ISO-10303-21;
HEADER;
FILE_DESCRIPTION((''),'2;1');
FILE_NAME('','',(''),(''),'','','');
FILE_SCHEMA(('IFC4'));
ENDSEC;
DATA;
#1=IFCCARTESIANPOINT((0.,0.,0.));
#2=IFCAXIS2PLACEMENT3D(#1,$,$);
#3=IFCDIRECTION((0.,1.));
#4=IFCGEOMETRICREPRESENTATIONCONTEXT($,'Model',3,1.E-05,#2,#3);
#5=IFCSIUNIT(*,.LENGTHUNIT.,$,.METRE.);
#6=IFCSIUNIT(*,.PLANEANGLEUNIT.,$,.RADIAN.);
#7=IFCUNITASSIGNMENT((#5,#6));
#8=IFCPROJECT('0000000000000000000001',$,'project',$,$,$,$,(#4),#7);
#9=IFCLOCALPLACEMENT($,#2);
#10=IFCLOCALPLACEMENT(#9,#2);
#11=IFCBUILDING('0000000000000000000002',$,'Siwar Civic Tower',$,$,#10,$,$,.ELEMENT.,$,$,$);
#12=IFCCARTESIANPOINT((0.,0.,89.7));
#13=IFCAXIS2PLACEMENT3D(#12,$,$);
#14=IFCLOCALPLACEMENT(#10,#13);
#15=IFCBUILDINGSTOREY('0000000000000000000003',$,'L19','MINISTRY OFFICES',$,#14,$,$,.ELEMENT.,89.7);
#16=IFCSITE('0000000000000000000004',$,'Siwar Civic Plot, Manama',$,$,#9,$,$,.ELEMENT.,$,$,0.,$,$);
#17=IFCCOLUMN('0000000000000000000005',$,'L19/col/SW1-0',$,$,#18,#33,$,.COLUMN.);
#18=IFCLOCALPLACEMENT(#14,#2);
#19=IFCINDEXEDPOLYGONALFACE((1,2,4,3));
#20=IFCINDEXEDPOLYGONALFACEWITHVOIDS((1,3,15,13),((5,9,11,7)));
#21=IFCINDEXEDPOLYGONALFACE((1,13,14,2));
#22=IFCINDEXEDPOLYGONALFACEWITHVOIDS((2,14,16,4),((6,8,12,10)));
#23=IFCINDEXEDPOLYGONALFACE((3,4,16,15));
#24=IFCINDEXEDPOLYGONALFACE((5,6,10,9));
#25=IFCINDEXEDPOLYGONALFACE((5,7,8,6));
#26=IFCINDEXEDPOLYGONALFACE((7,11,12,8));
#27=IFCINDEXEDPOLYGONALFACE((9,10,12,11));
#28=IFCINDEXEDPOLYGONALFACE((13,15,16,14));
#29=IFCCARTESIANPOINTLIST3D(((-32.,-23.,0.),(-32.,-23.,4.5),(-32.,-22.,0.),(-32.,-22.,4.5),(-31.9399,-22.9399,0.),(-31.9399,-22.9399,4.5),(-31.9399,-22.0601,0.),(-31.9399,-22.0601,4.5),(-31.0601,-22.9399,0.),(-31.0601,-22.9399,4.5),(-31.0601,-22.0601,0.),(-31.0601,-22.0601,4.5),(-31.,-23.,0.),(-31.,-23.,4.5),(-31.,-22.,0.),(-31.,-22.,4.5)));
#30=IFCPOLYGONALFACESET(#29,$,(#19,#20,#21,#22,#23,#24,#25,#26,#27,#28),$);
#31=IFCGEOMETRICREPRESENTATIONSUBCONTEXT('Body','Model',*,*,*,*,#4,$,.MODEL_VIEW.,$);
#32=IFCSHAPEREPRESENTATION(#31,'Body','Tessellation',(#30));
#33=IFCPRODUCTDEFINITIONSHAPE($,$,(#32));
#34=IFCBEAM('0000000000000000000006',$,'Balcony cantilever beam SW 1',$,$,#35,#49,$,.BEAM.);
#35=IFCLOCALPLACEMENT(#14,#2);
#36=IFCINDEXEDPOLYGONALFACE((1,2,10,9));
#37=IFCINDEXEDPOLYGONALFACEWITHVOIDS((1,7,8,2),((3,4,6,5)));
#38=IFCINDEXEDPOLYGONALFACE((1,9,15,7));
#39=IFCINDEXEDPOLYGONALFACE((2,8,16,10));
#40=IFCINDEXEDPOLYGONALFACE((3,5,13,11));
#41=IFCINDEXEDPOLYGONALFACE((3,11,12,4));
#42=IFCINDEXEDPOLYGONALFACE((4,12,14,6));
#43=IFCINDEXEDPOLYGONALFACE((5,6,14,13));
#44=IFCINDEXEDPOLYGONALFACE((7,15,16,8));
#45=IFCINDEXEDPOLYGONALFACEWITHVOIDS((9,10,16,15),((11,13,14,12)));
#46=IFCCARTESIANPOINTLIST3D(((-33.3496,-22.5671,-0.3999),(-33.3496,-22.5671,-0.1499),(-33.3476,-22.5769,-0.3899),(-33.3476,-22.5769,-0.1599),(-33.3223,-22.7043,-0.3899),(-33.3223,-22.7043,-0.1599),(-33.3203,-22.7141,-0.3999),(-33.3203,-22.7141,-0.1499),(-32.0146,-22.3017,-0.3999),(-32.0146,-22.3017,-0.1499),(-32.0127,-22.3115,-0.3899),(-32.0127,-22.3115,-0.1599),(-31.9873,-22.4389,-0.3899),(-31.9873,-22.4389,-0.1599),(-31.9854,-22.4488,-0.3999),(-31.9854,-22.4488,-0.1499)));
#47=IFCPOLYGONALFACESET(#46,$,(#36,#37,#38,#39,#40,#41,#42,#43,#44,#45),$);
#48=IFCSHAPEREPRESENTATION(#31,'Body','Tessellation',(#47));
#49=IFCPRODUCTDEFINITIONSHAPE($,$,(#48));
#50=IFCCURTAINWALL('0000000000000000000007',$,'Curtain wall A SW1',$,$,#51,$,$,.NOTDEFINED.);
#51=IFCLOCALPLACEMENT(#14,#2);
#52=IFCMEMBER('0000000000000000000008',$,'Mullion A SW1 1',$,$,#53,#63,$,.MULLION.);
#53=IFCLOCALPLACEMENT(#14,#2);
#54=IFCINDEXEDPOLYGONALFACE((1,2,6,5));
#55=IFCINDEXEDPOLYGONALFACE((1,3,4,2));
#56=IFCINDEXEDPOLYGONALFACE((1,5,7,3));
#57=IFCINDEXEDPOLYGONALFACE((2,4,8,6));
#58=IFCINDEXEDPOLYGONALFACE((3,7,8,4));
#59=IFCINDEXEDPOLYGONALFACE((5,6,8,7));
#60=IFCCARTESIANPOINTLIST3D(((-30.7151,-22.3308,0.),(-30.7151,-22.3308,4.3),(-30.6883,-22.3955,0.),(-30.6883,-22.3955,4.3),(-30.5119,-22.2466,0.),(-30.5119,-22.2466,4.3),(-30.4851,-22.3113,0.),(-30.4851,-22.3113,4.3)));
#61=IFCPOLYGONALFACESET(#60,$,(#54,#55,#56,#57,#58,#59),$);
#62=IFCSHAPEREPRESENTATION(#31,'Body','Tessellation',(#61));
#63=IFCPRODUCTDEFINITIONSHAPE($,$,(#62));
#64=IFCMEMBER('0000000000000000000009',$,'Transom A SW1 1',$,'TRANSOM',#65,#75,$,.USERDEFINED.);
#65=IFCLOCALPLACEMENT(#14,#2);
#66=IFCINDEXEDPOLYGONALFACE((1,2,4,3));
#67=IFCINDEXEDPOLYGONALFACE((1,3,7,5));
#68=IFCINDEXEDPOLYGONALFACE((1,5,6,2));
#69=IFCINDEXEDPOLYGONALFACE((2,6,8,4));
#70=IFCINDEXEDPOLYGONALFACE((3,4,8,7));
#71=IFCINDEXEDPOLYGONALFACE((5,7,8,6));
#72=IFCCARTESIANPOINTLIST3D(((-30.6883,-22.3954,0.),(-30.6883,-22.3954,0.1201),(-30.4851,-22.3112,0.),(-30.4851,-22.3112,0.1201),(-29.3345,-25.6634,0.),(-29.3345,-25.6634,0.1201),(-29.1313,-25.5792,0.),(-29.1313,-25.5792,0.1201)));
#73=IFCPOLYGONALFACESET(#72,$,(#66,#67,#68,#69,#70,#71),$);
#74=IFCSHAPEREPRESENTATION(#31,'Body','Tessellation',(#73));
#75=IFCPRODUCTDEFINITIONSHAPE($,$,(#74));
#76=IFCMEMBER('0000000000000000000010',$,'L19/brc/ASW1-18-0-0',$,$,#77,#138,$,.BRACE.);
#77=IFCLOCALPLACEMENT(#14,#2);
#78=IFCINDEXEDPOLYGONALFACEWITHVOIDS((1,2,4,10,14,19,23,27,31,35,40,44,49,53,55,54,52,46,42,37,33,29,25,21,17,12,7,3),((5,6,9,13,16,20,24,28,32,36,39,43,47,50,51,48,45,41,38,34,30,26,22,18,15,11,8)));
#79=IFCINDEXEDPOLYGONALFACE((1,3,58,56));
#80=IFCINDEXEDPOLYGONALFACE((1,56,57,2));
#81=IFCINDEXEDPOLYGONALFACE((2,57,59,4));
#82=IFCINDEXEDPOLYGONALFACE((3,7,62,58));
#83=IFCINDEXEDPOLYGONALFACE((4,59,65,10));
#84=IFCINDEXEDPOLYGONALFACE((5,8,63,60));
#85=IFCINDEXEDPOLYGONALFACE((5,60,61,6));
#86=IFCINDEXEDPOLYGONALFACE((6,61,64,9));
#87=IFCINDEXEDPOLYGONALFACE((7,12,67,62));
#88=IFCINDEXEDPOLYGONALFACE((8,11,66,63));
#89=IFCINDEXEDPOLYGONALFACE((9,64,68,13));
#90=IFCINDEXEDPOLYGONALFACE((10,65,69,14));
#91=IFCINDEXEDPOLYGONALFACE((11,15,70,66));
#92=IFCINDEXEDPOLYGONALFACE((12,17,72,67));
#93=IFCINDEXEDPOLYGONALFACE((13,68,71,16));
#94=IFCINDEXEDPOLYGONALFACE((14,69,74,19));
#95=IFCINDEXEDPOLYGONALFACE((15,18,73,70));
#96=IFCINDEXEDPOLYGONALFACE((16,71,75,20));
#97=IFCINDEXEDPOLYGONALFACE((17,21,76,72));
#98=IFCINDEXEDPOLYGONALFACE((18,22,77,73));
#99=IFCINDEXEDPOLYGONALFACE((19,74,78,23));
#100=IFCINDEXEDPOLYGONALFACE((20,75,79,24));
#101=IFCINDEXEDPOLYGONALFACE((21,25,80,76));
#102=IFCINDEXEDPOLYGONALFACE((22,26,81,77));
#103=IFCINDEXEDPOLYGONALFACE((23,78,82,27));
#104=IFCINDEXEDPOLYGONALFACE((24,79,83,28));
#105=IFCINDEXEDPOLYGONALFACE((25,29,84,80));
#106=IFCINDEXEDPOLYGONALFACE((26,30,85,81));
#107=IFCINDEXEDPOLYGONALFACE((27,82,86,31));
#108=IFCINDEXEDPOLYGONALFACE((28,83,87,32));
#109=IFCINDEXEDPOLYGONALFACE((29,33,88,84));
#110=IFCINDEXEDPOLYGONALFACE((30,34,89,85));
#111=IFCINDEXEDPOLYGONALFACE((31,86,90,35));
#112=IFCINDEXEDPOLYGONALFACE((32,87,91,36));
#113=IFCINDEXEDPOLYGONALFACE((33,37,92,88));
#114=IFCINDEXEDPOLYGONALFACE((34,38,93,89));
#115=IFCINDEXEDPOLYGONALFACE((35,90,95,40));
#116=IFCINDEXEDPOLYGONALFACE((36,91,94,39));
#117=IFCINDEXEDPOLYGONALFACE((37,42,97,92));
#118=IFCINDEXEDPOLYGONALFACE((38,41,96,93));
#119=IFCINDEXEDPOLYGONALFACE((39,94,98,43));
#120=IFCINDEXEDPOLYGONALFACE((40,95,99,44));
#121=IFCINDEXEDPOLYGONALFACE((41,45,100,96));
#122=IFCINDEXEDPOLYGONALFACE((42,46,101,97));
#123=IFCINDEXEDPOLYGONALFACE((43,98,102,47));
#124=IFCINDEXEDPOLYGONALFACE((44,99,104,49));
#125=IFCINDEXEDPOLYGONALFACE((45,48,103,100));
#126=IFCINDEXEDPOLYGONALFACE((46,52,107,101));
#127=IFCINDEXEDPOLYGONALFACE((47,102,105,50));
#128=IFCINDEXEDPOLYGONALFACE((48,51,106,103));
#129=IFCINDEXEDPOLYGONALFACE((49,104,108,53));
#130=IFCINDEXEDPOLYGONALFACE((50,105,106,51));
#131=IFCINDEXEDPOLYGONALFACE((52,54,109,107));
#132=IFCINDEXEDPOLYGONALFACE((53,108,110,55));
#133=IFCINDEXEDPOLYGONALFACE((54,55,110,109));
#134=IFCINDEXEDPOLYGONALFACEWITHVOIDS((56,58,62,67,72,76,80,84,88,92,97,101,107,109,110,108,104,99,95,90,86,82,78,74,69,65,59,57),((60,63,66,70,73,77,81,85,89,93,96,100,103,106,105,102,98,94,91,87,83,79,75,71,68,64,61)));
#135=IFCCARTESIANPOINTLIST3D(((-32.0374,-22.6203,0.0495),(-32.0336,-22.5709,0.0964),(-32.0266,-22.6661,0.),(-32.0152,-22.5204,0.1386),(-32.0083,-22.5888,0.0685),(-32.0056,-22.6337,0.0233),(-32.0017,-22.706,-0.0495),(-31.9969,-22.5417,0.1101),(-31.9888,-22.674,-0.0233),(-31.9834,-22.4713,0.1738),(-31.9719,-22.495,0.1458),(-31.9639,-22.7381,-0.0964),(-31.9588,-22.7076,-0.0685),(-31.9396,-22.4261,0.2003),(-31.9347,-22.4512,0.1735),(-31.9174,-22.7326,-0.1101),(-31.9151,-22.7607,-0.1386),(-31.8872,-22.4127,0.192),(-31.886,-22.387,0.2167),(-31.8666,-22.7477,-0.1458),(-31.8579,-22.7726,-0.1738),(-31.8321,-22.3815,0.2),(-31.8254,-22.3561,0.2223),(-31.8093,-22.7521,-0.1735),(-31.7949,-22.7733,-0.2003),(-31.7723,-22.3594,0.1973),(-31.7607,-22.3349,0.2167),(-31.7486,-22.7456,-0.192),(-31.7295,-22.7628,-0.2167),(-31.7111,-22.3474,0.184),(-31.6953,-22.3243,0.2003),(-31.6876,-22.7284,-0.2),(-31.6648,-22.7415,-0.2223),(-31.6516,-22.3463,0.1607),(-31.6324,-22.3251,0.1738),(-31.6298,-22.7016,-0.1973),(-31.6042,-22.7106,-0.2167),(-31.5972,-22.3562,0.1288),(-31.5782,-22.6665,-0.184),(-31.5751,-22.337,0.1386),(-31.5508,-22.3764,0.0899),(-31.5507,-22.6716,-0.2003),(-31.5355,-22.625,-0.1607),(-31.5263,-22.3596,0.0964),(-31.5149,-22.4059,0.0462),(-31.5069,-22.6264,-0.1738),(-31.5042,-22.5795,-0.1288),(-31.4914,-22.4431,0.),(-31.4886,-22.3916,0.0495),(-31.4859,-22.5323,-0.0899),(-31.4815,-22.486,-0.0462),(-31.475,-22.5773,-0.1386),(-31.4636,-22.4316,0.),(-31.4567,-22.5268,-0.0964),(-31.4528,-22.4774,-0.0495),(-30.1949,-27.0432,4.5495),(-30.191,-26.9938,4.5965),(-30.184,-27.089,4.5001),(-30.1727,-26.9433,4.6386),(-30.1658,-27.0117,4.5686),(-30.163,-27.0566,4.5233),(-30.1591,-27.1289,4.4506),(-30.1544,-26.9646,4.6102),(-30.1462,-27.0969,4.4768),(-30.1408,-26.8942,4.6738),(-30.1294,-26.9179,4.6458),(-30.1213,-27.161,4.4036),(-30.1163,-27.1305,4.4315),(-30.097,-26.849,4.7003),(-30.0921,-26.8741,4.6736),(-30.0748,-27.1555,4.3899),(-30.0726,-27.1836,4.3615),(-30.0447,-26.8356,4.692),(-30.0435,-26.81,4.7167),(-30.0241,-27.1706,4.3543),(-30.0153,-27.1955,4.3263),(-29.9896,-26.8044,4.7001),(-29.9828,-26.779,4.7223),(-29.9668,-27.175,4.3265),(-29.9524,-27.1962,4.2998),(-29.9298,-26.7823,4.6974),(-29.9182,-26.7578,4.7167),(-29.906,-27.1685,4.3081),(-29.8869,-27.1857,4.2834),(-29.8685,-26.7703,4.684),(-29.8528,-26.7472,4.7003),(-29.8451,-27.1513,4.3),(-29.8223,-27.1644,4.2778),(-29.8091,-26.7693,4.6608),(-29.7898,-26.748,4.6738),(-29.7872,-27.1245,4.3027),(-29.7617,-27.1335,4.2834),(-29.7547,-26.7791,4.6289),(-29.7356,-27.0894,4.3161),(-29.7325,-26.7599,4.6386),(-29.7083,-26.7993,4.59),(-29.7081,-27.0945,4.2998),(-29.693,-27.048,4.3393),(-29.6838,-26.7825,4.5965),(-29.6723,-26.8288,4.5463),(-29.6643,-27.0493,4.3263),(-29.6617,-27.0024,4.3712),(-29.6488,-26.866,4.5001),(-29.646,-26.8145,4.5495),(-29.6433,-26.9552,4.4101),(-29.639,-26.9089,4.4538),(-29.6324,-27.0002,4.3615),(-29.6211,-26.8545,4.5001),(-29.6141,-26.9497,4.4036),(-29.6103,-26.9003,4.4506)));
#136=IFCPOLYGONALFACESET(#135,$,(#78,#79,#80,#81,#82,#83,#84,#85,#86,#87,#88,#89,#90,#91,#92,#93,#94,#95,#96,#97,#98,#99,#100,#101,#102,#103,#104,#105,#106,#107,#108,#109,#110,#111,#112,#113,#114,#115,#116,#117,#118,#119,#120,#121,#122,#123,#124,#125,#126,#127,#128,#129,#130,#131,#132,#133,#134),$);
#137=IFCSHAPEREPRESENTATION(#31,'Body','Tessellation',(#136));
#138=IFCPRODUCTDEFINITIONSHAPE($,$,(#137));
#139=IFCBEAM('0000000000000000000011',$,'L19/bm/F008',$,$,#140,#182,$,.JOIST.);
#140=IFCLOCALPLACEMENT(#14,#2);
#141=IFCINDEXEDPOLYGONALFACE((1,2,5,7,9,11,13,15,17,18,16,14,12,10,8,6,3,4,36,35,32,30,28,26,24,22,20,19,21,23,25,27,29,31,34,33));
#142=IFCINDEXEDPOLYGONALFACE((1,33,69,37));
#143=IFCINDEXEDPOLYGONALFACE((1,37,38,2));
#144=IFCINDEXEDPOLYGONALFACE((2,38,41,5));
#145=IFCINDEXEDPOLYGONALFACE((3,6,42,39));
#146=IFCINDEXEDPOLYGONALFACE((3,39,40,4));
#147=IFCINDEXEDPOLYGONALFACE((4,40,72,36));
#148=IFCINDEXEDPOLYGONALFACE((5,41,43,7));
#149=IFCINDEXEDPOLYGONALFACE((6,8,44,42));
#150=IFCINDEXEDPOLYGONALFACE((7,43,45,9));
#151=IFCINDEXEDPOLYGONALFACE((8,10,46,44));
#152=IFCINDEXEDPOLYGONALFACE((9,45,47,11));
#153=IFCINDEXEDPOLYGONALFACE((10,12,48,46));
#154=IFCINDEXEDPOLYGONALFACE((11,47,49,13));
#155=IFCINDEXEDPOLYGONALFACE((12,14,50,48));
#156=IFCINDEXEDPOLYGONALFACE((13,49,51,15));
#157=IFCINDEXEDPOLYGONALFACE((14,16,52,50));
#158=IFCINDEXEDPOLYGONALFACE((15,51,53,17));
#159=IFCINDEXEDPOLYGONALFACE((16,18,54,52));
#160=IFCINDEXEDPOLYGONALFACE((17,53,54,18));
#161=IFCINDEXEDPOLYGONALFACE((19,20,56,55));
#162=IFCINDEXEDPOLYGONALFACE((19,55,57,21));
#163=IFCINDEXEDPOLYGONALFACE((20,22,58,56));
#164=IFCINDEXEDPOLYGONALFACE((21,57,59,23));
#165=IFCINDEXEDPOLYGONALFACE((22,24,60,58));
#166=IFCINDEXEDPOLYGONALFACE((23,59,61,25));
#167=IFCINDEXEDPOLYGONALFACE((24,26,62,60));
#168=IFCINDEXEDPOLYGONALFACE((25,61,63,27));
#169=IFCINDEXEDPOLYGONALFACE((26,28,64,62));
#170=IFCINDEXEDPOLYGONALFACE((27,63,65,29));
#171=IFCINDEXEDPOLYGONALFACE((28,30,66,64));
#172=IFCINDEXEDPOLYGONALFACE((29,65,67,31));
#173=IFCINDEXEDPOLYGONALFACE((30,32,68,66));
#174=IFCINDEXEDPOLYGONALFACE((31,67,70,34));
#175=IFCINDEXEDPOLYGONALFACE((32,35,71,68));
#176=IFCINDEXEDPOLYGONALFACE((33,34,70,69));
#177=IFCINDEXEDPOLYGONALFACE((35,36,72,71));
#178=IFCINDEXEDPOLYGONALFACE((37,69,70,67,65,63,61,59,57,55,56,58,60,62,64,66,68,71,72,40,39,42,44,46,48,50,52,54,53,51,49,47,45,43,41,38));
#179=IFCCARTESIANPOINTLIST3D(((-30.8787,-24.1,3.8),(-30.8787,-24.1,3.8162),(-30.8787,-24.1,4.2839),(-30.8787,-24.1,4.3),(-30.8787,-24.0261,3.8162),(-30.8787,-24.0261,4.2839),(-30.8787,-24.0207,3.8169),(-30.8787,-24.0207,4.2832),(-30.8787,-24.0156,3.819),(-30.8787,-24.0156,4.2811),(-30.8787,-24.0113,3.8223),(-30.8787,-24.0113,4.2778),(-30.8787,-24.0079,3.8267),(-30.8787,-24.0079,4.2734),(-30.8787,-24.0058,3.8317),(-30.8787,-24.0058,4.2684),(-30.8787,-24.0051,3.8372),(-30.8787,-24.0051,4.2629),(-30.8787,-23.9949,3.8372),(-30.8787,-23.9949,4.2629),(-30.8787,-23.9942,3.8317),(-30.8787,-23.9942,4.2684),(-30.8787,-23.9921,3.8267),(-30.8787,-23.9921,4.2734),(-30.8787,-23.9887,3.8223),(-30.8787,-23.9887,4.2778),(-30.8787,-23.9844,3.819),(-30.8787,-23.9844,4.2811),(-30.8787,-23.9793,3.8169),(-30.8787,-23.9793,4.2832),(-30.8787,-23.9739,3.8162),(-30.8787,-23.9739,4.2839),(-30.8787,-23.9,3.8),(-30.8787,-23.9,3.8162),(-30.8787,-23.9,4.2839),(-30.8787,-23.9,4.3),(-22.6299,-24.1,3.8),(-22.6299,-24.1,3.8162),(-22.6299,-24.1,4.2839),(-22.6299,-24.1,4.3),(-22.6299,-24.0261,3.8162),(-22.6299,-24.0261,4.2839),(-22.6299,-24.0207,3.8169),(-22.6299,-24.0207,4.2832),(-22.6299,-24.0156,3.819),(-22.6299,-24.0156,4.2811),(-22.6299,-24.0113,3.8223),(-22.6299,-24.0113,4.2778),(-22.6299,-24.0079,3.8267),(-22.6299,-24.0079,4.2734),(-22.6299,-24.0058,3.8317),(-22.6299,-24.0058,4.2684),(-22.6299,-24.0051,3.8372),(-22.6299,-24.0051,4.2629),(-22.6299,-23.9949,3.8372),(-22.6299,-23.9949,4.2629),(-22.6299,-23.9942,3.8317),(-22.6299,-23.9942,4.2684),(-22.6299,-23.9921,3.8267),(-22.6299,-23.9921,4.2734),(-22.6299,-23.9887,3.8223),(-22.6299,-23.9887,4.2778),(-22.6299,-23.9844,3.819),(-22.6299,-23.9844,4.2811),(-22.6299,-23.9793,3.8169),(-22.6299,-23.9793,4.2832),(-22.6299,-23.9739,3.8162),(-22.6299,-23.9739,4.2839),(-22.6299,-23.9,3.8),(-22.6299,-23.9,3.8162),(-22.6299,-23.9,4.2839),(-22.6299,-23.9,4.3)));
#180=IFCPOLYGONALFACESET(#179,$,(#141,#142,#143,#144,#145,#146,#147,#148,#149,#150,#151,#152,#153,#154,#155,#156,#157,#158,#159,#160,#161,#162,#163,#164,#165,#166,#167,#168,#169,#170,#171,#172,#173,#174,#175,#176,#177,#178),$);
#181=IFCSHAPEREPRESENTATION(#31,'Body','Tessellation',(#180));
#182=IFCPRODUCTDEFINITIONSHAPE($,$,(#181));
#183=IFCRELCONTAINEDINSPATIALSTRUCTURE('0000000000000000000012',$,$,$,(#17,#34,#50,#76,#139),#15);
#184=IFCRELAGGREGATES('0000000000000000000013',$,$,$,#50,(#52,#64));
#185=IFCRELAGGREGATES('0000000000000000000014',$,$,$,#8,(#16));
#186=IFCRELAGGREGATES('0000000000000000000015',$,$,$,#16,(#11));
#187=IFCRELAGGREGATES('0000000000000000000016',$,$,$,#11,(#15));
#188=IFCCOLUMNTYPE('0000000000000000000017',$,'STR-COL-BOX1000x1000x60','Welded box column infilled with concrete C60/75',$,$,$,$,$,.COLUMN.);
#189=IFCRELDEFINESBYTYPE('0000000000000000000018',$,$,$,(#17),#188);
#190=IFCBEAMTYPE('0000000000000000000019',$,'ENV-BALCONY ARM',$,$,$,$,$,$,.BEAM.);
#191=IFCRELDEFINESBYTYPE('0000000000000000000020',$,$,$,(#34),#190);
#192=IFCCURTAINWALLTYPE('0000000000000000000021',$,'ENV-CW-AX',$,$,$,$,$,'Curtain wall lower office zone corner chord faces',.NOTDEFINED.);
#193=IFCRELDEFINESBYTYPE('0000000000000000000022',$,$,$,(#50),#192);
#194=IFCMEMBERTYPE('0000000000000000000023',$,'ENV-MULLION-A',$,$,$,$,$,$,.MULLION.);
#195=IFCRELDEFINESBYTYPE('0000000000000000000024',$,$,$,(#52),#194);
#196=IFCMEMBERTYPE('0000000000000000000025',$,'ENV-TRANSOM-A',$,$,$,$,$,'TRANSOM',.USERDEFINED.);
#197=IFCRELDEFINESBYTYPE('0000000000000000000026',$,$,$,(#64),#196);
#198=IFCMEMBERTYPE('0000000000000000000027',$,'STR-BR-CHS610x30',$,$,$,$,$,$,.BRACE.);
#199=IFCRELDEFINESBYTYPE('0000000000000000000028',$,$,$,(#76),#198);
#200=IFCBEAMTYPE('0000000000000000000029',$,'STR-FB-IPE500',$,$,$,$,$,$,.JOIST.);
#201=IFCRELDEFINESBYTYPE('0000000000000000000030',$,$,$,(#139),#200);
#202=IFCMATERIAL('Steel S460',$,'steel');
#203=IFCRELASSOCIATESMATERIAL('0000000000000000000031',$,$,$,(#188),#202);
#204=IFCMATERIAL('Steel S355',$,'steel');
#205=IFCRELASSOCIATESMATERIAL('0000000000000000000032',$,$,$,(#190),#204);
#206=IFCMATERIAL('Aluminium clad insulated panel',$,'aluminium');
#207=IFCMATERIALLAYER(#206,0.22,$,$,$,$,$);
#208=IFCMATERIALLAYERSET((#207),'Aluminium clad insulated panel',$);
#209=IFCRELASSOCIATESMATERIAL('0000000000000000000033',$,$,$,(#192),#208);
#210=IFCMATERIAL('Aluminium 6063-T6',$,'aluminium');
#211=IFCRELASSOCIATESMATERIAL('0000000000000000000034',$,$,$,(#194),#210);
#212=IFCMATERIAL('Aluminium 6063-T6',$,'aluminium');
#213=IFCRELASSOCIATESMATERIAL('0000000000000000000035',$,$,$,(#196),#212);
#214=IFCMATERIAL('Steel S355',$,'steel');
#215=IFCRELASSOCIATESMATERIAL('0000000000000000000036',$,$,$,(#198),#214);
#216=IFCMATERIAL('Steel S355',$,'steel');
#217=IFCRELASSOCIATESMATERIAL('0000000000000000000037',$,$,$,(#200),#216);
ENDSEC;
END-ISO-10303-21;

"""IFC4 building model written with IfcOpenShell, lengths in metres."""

from ifc_helpers import new_model, si_unit, direction, frame, origin, origin_2d, place, context, subcontext, project, spatial, rectangle, hollow_rectangle, hollow_circle, i_section, extrude, material, layer, layer_set, material_profile, profile_set, type_object, element, aggregate, save


model = new_model("IFC4")

# Units and contexts
model_context = context("Model", 3, precision=1e-05, world=origin(), true_north=direction((0.0, 1.0)))
body_context = subcontext(model_context, "Body", "Model", "MODEL_VIEW")
ifc_project = project(units=[si_unit("LENGTHUNIT", "METRE"), si_unit("PLANEANGLEUNIT", "RADIAN")], contexts=[model_context])

# Site, building, storey
site_placement = place(None, origin())
site = spatial("IfcSite", under=ifc_project, at=site_placement, Name="Siwar Civic Plot, Manama", CompositionType="ELEMENT", RefElevation=0.0)
building_placement = place(site_placement, origin())
building = spatial("IfcBuilding", under=site, at=building_placement, Name="Siwar Civic Tower", CompositionType="ELEMENT")
storey_placement = place(building_placement, frame((0.0, 0.0, 89.7)))
storey = spatial("IfcBuildingStorey", under=building, at=storey_placement, Name="L19", Description="MINISTRY OFFICES", CompositionType="ELEMENT", Elevation=89.7)

# Column
ifc_material_1 = material(Name="Steel S460", Category="steel")
ifc_material_profile_1 = material_profile(ifc_material_1, hollow_rectangle(XDim=1.0, YDim=1.0, WallThickness=0.0601, at=origin_2d()), Name="BOX1000x1000x60")
ifc_profile_set_1 = profile_set([ifc_material_profile_1], Name="Steel S460")
column_type = type_object("IfcColumnType", Name="STR-COL-BOX1000x1000x60", Description="Welded box column infilled with concrete C60/75", PredefinedType="COLUMN", material=ifc_profile_set_1)
column_placement = place(storey_placement, frame((-31.5, -22.5, 0.0), z_axis=(0.0, 0.0, 1.0), x_axis=(1.0, 0.0, 0.0)))
element("IfcColumn", 1, at=column_placement, inside=storey, type_object=column_type, Name="L19/col/SW1-0", PredefinedType="COLUMN", context=body_context, shape_type="SweptSolid", body=[
    extrude(hollow_rectangle(XDim=1.0, YDim=1.0, WallThickness=0.0601, at=origin_2d()), origin(), (0.0, 0.0, 1.0), 4.5),
])

# Beam
ifc_material_2 = material(Name="Steel S355", Category="steel")
ifc_material_profile_2 = material_profile(ifc_material_2, hollow_rectangle(XDim=0.1499, YDim=0.25, WallThickness=0.01, at=origin_2d()), Name="RHS250x150x10")
ifc_profile_set_2 = profile_set([ifc_material_profile_2], Name="Steel S355")
beam_type_1 = type_object("IfcBeamType", Name="ENV-BALCONY ARM", PredefinedType="BEAM", material=ifc_profile_set_2)
beam_1_placement = place(storey_placement, frame((-32.0, -22.3752, -0.2749), z_axis=(-0.980808, -0.194978, 0.0), x_axis=(0.194978, -0.980808, 0.0)))
element("IfcBeam", 2, at=beam_1_placement, inside=storey, type_object=beam_type_1, Name="Balcony cantilever beam SW 1", PredefinedType="BEAM", context=body_context, shape_type="SweptSolid", body=[
    extrude(hollow_rectangle(XDim=0.1499, YDim=0.25, WallThickness=0.01, at=origin_2d()), origin(), (0.0, 0.0, 1.0), 1.3611),
])

# Curtain wall, members
ifc_material_3 = material(Name="Aluminium clad insulated panel", Category="aluminium")
ifc_layer_1 = layer(ifc_material_3, 0.22)
ifc_layer_set_1 = layer_set([ifc_layer_1], Name="Aluminium clad insulated panel")
curtain_wall_type_1 = type_object("IfcCurtainWallType", Name="ENV-CW-AX", ElementType="Curtain wall lower office zone corner chord faces", PredefinedType="NOTDEFINED", material=ifc_layer_set_1)
curtain_wall_1_placement = place(storey_placement, origin())
curtain_wall_1 = element("IfcCurtainWall", 3, at=curtain_wall_1_placement, inside=storey, type_object=curtain_wall_type_1, Name="Curtain wall A SW1", PredefinedType="NOTDEFINED")
ifc_material_4 = material(Name="Aluminium 6063-T6", Category="aluminium")
ifc_material_profile_3 = material_profile(ifc_material_4, rectangle(XDim=0.22, YDim=0.0701, at=origin_2d()), Name="AL 220x70")
ifc_profile_set_3 = profile_set([ifc_material_profile_3], Name="Aluminium 6063-T6")
member_type_1 = type_object("IfcMemberType", Name="ENV-MULLION-A", PredefinedType="MULLION", material=ifc_profile_set_3)
member_1_placement = place(storey_placement, frame((-30.6001, -22.321, 0.0), z_axis=(0.0, 0.0, 1.0), x_axis=(0.92388, 0.382683, 0.0)))
member_1 = element("IfcMember", 4, at=member_1_placement, type_object=member_type_1, Name="Mullion A SW1 1", PredefinedType="MULLION", context=body_context, shape_type="SweptSolid", body=[
    extrude(rectangle(XDim=0.22, YDim=0.0701, at=origin_2d()), origin(), (0.0, 0.0, 1.0), 4.3),
])
ifc_material_5 = material(Name="Aluminium 6063-T6", Category="aluminium")
ifc_material_profile_4 = material_profile(ifc_material_5, rectangle(XDim=0.22, YDim=0.1201, at=origin_2d()), Name="AL 220x120")
ifc_profile_set_4 = profile_set([ifc_material_profile_4], Name="Aluminium 6063-T6")
member_type_2 = type_object("IfcMemberType", Name="ENV-TRANSOM-A", ElementType="TRANSOM", PredefinedType="USERDEFINED", material=ifc_profile_set_4)
member_2_placement = place(storey_placement, frame((-30.5867, -22.3533, 0.0601), z_axis=(0.382703, -0.923871, 0.0), x_axis=(0.923871, 0.382703, 0.0)))
member_2 = element("IfcMember", 5, at=member_2_placement, type_object=member_type_2, Name="Transom A SW1 1", ObjectType="TRANSOM", PredefinedType="USERDEFINED", context=body_context, shape_type="SweptSolid", body=[
    extrude(rectangle(XDim=0.22, YDim=0.1201, at=origin_2d()), origin(), (0.0, 0.0, 1.0), 3.5374),
])

# Member
ifc_material_6 = material(Name="Steel S355", Category="steel")
ifc_material_profile_5 = material_profile(ifc_material_6, hollow_circle(Radius=0.3049, WallThickness=0.03, at=origin_2d()), Name="CHS610x30")
ifc_profile_set_5 = profile_set([ifc_material_profile_5], Name="Steel S355")
member_type_3 = type_object("IfcMemberType", Name="STR-BR-CHS610x30", PredefinedType="BRACE", material=ifc_profile_set_5)
member_3_placement = place(storey_placement, frame((-31.7451, -22.5488, 0.0), z_axis=(0.280311, -0.672865, 0.684601), x_axis=(0.923101, 0.384557, 0.0)))
element("IfcMember", 6, at=member_3_placement, inside=storey, type_object=member_type_3, Name="L19/brc/ASW1-18-0-0", PredefinedType="BRACE", context=body_context, shape_type="SweptSolid", body=[
    extrude(hollow_circle(Radius=0.3049, WallThickness=0.03, at=origin_2d()), origin(), (0.0, 0.0, 1.0), 6.5732),
])

# Beam
ifc_material_7 = material(Name="Steel S355", Category="steel")
ifc_material_profile_6 = material_profile(ifc_material_7, i_section(OverallWidth=0.2, OverallDepth=0.5, WebThickness=0.0103, FlangeThickness=0.0161, FilletRadius=0.021, at=origin_2d()), Name="IPE500")
ifc_profile_set_6 = profile_set([ifc_material_profile_6], Name="Steel S355")
beam_type_2 = type_object("IfcBeamType", Name="STR-FB-IPE500", PredefinedType="JOIST", material=ifc_profile_set_6)
beam_2_placement = place(storey_placement, frame((-30.8787, -24.0, 4.05), z_axis=(1.0, 0.0, 0.0), x_axis=(0.0, 1.0, 0.0)))
element("IfcBeam", 7, at=beam_2_placement, inside=storey, type_object=beam_type_2, Name="L19/bm/F008", PredefinedType="JOIST", context=body_context, shape_type="SweptSolid", body=[
    extrude(i_section(OverallWidth=0.2, OverallDepth=0.5, WebThickness=0.0103, FlangeThickness=0.0161, FilletRadius=0.021, at=origin_2d()), origin(), (0.0, 0.0, 1.0), 8.2488),
])

aggregate(curtain_wall_1, [member_1, member_2])

save(model, "model.ifc")
